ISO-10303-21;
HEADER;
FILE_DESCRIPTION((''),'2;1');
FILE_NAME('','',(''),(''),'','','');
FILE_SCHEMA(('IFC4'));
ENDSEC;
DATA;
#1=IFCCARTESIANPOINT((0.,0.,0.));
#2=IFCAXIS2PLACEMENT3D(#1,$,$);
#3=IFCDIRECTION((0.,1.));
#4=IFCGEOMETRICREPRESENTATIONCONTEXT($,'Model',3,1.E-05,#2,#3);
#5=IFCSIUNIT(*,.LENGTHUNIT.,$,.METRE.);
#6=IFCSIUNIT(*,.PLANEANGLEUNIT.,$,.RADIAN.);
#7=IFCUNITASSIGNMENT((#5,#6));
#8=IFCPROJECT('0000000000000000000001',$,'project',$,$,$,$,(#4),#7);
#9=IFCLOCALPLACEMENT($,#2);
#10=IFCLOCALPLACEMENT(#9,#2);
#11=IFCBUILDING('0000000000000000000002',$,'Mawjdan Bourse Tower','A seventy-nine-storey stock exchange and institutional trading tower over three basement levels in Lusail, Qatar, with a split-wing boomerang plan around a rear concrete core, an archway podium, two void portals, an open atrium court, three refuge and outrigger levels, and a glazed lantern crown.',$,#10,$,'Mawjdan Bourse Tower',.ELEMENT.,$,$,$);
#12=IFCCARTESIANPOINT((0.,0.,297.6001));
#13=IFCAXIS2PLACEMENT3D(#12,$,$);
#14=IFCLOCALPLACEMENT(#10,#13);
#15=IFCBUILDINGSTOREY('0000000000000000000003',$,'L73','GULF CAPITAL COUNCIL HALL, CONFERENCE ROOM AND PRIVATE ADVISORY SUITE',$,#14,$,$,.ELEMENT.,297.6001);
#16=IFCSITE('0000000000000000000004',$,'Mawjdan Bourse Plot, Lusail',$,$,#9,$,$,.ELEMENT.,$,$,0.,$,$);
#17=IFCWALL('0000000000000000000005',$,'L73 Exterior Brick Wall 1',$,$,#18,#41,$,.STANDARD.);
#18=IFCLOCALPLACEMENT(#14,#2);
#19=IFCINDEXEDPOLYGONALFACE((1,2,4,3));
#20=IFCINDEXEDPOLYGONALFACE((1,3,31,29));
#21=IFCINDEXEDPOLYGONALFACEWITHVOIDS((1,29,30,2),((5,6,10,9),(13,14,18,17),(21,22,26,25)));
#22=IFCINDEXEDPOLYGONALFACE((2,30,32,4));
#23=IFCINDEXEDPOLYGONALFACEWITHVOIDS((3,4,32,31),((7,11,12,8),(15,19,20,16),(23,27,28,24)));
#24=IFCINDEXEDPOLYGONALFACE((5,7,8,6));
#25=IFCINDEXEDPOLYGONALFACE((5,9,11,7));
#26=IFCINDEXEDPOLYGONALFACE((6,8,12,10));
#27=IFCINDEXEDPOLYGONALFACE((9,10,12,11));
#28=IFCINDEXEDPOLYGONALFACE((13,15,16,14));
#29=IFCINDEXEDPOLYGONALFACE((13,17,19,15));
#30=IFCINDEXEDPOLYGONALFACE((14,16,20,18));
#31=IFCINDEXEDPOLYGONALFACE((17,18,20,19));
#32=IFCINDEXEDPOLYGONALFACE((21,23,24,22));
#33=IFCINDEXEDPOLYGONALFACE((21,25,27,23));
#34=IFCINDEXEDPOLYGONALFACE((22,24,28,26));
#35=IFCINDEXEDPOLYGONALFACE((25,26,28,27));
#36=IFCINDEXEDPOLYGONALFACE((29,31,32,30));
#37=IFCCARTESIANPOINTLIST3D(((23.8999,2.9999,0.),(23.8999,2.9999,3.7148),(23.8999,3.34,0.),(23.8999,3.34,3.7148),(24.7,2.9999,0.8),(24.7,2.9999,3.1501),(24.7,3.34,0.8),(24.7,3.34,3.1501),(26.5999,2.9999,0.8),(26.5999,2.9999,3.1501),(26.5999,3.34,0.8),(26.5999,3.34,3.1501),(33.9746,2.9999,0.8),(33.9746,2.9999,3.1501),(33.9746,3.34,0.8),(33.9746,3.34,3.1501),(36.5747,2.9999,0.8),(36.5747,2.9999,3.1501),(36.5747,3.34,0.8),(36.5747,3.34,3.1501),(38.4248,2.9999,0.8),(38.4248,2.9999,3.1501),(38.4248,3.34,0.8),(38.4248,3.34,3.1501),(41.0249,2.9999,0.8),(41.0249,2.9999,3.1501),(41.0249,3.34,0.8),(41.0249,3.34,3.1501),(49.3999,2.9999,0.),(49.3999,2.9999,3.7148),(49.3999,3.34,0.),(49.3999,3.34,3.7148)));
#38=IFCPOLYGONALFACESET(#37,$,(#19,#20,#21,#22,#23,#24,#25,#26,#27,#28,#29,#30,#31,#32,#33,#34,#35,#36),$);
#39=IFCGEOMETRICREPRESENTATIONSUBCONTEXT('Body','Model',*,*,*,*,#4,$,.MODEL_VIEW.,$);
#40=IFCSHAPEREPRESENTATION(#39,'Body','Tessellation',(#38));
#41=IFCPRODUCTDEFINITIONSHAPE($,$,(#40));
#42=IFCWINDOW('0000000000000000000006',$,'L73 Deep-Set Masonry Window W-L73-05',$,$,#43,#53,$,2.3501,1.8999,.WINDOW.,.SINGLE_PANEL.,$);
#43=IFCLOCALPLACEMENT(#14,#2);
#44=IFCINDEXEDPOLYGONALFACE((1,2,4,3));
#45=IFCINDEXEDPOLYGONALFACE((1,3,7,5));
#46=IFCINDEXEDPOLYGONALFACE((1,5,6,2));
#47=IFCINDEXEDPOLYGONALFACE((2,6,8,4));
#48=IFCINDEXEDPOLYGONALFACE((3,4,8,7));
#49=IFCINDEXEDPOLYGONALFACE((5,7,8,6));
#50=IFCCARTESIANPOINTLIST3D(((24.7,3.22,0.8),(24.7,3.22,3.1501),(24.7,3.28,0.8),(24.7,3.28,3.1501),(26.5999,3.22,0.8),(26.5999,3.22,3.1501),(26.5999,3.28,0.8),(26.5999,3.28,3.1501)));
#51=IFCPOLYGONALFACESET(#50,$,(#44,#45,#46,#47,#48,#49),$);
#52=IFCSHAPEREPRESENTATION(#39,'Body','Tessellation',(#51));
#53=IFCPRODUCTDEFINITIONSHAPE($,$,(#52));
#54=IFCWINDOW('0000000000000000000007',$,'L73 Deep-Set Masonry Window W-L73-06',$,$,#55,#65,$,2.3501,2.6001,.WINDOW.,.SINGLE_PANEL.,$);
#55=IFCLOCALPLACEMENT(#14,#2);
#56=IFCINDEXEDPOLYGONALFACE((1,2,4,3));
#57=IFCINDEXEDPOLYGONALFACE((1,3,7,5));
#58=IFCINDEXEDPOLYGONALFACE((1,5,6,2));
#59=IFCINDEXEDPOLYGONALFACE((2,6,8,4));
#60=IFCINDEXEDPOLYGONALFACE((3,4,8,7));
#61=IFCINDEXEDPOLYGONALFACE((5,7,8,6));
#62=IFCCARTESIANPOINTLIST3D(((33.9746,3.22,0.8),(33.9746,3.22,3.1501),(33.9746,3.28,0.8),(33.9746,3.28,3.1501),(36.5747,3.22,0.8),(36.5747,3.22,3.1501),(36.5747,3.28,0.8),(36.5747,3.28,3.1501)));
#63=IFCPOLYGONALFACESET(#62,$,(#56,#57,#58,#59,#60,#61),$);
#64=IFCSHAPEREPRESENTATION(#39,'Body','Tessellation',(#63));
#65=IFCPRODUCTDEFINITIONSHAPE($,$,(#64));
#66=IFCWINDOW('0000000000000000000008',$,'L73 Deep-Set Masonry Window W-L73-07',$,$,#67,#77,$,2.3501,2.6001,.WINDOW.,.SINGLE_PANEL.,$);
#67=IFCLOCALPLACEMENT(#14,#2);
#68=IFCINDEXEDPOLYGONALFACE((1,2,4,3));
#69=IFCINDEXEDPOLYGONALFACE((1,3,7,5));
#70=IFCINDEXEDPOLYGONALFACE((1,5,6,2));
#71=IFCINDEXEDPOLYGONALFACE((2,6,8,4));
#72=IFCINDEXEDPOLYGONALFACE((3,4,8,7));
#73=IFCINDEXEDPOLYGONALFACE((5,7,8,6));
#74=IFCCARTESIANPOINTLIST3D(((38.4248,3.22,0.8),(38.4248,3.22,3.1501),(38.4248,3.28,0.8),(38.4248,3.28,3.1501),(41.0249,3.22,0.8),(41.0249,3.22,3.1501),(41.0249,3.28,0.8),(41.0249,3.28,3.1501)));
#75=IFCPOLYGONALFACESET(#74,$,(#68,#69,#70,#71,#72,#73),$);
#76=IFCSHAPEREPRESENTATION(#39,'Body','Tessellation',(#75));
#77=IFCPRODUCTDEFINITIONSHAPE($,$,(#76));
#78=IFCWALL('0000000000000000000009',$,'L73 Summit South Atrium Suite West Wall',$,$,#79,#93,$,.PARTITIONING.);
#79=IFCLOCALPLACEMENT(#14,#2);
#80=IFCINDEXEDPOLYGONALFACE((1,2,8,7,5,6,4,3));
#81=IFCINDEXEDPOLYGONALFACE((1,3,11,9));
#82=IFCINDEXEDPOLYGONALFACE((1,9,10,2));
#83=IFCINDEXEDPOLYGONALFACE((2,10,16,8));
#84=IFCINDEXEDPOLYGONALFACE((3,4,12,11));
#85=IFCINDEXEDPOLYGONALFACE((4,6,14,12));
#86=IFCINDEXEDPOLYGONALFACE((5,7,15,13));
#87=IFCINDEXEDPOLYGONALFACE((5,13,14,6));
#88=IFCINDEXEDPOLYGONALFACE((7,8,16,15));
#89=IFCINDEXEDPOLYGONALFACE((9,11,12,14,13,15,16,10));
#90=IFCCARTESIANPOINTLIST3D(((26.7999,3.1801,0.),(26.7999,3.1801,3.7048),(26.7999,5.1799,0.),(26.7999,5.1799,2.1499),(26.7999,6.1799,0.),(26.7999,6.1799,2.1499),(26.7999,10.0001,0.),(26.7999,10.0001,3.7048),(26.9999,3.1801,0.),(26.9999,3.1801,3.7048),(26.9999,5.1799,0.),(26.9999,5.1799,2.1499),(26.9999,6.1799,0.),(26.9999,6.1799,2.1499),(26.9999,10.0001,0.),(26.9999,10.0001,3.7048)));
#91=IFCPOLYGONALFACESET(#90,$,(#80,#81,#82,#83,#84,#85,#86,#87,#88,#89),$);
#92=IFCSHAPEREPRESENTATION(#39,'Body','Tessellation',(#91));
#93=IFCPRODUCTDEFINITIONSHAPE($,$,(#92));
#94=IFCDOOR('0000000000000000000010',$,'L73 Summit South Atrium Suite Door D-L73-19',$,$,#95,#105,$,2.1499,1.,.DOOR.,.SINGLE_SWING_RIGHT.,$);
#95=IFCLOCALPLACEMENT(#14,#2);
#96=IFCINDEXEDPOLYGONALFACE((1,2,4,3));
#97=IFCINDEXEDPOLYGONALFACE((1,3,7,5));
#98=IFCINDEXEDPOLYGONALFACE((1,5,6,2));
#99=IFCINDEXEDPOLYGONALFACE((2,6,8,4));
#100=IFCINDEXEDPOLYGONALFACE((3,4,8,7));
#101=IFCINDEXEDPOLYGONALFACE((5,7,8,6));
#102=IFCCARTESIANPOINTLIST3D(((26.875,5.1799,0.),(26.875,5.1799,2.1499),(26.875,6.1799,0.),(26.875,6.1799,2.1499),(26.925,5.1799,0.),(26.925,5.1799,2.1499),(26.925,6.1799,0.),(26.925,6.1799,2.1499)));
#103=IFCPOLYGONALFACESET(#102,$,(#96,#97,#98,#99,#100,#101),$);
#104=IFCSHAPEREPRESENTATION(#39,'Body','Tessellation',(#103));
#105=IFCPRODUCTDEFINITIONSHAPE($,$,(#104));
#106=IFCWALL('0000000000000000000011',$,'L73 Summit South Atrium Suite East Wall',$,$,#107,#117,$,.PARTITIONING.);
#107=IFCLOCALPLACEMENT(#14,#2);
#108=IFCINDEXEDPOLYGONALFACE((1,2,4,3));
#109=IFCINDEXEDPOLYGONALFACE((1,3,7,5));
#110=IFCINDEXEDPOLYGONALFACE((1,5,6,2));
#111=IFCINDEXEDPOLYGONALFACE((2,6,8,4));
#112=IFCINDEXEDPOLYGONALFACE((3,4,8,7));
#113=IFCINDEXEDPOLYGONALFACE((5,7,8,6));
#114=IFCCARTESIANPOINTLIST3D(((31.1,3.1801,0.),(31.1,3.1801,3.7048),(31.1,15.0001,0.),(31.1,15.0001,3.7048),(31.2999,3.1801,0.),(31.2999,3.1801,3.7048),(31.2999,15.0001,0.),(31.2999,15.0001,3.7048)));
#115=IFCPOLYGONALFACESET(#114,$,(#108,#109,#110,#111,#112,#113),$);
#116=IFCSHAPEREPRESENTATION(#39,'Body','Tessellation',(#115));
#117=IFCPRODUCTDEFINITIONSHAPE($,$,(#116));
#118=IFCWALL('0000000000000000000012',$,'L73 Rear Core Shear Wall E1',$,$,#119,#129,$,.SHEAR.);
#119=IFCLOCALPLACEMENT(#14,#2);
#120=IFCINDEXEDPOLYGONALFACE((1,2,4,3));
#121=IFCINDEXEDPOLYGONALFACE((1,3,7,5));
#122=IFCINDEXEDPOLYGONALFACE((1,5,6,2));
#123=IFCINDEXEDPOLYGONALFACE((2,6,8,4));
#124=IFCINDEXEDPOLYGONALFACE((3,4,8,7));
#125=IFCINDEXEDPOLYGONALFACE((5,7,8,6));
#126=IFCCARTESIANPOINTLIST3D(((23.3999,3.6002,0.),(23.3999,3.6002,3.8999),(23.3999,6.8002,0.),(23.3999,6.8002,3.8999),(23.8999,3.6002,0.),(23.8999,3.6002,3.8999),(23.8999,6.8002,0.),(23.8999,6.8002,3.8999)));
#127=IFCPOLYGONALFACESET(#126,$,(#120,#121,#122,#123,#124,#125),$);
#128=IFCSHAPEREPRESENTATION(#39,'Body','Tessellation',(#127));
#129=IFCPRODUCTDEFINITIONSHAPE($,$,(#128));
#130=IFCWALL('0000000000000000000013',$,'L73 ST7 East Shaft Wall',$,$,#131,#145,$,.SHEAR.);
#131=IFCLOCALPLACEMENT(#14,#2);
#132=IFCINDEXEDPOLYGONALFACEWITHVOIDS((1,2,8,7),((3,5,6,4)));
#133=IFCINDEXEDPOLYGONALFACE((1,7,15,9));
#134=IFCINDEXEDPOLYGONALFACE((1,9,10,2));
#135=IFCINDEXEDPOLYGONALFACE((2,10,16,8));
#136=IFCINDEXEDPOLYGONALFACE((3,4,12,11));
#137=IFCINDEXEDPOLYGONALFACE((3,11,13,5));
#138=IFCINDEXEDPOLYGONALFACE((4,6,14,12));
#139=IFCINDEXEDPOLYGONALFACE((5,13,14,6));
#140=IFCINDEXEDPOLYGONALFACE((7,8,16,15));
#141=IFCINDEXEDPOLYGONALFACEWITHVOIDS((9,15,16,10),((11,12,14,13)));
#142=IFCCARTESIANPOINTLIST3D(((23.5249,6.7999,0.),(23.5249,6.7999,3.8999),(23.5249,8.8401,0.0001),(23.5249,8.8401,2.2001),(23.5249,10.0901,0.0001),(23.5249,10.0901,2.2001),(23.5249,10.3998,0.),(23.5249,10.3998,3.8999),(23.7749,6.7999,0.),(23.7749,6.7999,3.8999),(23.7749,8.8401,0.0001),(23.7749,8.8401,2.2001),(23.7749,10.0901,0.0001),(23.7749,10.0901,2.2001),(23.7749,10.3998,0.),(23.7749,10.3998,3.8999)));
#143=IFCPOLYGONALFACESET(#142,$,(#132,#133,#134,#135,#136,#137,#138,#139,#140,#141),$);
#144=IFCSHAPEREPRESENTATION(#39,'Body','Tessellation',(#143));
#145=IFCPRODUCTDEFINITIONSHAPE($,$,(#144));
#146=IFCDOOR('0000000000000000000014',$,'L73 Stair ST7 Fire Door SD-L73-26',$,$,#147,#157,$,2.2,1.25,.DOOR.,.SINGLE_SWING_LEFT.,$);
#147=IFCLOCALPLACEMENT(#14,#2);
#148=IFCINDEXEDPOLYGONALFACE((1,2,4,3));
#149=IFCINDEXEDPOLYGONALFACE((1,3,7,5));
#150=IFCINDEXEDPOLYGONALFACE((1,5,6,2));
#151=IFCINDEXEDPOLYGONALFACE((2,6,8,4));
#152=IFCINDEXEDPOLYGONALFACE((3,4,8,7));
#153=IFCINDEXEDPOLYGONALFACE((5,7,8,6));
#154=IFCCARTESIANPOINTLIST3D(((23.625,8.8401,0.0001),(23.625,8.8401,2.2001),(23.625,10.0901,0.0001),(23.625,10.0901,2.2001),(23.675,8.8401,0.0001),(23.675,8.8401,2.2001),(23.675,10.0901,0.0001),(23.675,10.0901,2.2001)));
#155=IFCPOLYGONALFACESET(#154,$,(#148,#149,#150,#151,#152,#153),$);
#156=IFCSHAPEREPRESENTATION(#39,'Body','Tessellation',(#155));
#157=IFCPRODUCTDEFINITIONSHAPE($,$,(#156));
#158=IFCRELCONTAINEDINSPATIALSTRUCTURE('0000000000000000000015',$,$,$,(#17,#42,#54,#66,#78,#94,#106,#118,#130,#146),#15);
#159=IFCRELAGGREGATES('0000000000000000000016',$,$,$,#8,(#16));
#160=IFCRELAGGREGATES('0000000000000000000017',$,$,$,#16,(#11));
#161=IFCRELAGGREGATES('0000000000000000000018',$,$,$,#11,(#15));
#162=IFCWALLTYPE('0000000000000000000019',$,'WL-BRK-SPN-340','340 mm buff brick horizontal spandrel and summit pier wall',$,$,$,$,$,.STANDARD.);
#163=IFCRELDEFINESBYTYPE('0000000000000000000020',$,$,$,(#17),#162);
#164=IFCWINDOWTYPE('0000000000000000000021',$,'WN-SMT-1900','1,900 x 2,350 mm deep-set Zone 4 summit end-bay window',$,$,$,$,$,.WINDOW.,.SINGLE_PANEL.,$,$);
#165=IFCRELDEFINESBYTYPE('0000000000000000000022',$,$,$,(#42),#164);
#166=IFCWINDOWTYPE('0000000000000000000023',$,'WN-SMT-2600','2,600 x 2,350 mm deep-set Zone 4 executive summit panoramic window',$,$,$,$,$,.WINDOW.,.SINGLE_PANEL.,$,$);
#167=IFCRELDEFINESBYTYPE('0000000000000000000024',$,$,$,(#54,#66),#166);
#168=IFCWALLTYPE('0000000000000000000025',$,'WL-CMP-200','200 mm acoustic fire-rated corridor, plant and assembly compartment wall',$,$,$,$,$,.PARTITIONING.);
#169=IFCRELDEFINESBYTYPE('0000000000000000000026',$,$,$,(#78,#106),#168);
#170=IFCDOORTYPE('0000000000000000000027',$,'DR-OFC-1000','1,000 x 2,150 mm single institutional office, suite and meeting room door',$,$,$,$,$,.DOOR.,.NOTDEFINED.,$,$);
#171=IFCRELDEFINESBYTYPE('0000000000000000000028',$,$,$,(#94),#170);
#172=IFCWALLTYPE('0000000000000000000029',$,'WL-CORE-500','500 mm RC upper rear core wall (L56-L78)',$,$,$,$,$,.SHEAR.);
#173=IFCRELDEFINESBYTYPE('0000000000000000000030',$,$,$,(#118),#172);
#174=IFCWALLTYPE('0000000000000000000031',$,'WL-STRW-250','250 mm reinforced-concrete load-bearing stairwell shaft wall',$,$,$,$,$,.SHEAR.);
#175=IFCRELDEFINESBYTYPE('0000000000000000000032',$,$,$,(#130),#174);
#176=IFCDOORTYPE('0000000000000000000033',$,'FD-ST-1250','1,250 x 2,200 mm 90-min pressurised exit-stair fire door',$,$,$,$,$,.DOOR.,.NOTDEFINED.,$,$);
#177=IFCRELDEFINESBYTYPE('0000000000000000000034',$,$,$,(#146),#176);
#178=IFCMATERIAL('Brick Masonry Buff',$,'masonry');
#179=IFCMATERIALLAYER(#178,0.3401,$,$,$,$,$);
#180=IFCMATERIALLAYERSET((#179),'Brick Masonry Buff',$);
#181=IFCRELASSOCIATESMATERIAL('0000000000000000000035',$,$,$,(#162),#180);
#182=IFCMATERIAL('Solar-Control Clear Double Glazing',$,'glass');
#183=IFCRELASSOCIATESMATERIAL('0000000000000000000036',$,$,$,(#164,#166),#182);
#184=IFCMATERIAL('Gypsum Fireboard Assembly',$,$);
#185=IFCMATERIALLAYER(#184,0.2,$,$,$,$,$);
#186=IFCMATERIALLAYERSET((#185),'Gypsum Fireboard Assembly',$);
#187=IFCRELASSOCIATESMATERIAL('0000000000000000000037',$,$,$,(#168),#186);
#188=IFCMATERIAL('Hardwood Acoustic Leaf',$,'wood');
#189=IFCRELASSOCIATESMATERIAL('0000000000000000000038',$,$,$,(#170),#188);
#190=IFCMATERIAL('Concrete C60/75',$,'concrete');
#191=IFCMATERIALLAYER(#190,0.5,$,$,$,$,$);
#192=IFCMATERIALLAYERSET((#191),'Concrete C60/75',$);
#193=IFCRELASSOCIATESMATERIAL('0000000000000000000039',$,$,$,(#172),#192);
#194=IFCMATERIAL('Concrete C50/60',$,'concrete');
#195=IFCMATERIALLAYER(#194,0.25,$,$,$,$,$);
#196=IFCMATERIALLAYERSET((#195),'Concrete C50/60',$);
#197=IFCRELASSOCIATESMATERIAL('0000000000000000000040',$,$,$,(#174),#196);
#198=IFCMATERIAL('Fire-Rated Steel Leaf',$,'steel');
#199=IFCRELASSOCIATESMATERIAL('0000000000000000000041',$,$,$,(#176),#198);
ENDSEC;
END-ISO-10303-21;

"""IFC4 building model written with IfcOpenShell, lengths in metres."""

from ifc_helpers import new_model, si_unit, direction, frame, frame_2d, origin, place, context, subcontext, project, spatial, rectangle, extrude, material, layer, layer_set, type_object, element, fill, save


model = new_model("IFC4")

# Units and contexts
model_context = context("Model", 3, precision=1e-05, world=origin(), true_north=direction((0.0, 1.0)))
body_context = subcontext(model_context, "Body", "Model", "MODEL_VIEW")
ifc_project = project(units=[si_unit("LENGTHUNIT", "METRE"), si_unit("PLANEANGLEUNIT", "RADIAN")], contexts=[model_context])

# Site, building, storey
site_placement = place(None, origin())
site = spatial("IfcSite", under=ifc_project, at=site_placement, Name="Mawjdan Bourse Plot, Lusail", CompositionType="ELEMENT", RefElevation=0.0)
building_placement = place(site_placement, origin())
building = spatial("IfcBuilding", under=site, at=building_placement, Name="Mawjdan Bourse Tower", Description="A seventy-nine-storey stock exchange and institutional trading tower over three basement levels in Lusail, Qatar, with a split-wing boomerang plan around a rear concrete core, an archway podium, two void portals, an open atrium court, three refuge and outrigger levels, and a glazed lantern crown.", LongName="Mawjdan Bourse Tower", CompositionType="ELEMENT")
storey_placement = place(building_placement, frame((0.0, 0.0, 297.6001)))
storey = spatial("IfcBuildingStorey", under=building, at=storey_placement, Name="L73", Description="GULF CAPITAL COUNCIL HALL, CONFERENCE ROOM AND PRIVATE ADVISORY SUITE", CompositionType="ELEMENT", Elevation=297.6001)

# Shared definitions
ifc_material_1 = material(Name="Concrete C60/75", Category="concrete")

# Wall, openings, windows
ifc_material_2 = material(Name="Brick Masonry Buff", Category="masonry")
ifc_layer_1 = layer(ifc_material_2, 0.3401)
ifc_layer_set_1 = layer_set([ifc_layer_1], Name="Brick Masonry Buff")
wall_type_1 = type_object("IfcWallType", Name="WL-BRK-SPN-340", Description="340 mm buff brick horizontal spandrel and summit pier wall", PredefinedType="STANDARD", material=ifc_layer_set_1)
wall_1_placement = place(storey_placement, frame((23.8999, 3.1699, 0.0), z_axis=(0.0, 0.0, 1.0), x_axis=(1.0, 0.0, 0.0)))
wall_1 = element("IfcWall", 1, at=wall_1_placement, inside=storey, type_object=wall_type_1, Name="L73 Exterior Brick Wall 1", PredefinedType="STANDARD", context=body_context, shape_type="SweptSolid", body=[
    extrude(rectangle(XDim=25.5, YDim=0.3401, at=frame_2d((12.75, 0.0))), origin(), (0.0, 0.0, 1.0), 3.7148),
])
opening_1_placement = place(wall_1_placement, frame((0.8, 0.0, 0.8)))
opening_1 = element("IfcOpeningElement", 2, at=opening_1_placement, cuts=wall_1, PredefinedType="OPENING", context=body_context, shape_type="SweptSolid", body=[
    extrude(rectangle(XDim=1.8999, YDim=2.3501, at=frame_2d((0.95, 1.175))), frame((0.0, 0.1802, 0.0), z_axis=(0.0, -1.0, 0.0), x_axis=(1.0, 0.0, 0.0)), (0.0, 0.0, 1.0), 0.3601),
])
opening_2_placement = place(wall_1_placement, frame((10.0747, 0.0, 0.8)))
opening_2 = element("IfcOpeningElement", 3, at=opening_2_placement, cuts=wall_1, PredefinedType="OPENING", context=body_context, shape_type="SweptSolid", body=[
    extrude(rectangle(XDim=2.6001, YDim=2.3501, at=frame_2d((1.3, 1.175))), frame((0.0, 0.1802, 0.0), z_axis=(0.0, -1.0, 0.0), x_axis=(1.0, 0.0, 0.0)), (0.0, 0.0, 1.0), 0.3601),
])
opening_3_placement = place(wall_1_placement, frame((14.5249, 0.0, 0.8)))
opening_3 = element("IfcOpeningElement", 4, at=opening_3_placement, cuts=wall_1, PredefinedType="OPENING", context=body_context, shape_type="SweptSolid", body=[
    extrude(rectangle(XDim=2.6001, YDim=2.3501, at=frame_2d((1.3, 1.175))), frame((0.0, 0.1802, 0.0), z_axis=(0.0, -1.0, 0.0), x_axis=(1.0, 0.0, 0.0)), (0.0, 0.0, 1.0), 0.3601),
])
ifc_material_3 = material(Name="Solar-Control Clear Double Glazing", Category="glass")
window_type_1 = type_object("IfcWindowType", Name="WN-SMT-1900", Description="1,900 x 2,350 mm deep-set Zone 4 summit end-bay window", PartitioningType="SINGLE_PANEL", PredefinedType="WINDOW", material=ifc_material_3)
window_1_placement = place(opening_1_placement, origin())
window_1 = element("IfcWindow", 5, at=window_1_placement, inside=storey, type_object=window_type_1, Name="L73 Deep-Set Masonry Window W-L73-05", OverallHeight=2.3501, OverallWidth=1.8999, PartitioningType="SINGLE_PANEL", PredefinedType="WINDOW", context=body_context, shape_type="SweptSolid", body=[
    extrude(rectangle(XDim=1.8999, YDim=2.3501, at=frame_2d((0.95, 1.175))), frame((0.0, 0.1101, 0.0), z_axis=(0.0, -1.0, 0.0), x_axis=(1.0, 0.0, 0.0)), (0.0, 0.0, 1.0), 0.0601),
])
fill(opening_1, window_1)
window_type_2 = type_object("IfcWindowType", Name="WN-SMT-2600", Description="2,600 x 2,350 mm deep-set Zone 4 executive summit panoramic window", PartitioningType="SINGLE_PANEL", PredefinedType="WINDOW", material=ifc_material_3)
window_2_placement = place(opening_2_placement, origin())
window_2 = element("IfcWindow", 6, at=window_2_placement, inside=storey, type_object=window_type_2, Name="L73 Deep-Set Masonry Window W-L73-06", OverallHeight=2.3501, OverallWidth=2.6001, PartitioningType="SINGLE_PANEL", PredefinedType="WINDOW", context=body_context, shape_type="SweptSolid", body=[
    extrude(rectangle(XDim=2.6001, YDim=2.3501, at=frame_2d((1.3, 1.175))), frame((0.0, 0.1101, 0.0), z_axis=(0.0, -1.0, 0.0), x_axis=(1.0, 0.0, 0.0)), (0.0, 0.0, 1.0), 0.0601),
])
fill(opening_2, window_2)
window_3_placement = place(opening_3_placement, origin())
window_3 = element("IfcWindow", 7, at=window_3_placement, inside=storey, type_object=window_type_2, Name="L73 Deep-Set Masonry Window W-L73-07", OverallHeight=2.3501, OverallWidth=2.6001, PartitioningType="SINGLE_PANEL", PredefinedType="WINDOW", context=body_context, shape_type="SweptSolid", body=[
    extrude(rectangle(XDim=2.6001, YDim=2.3501, at=frame_2d((1.3, 1.175))), frame((0.0, 0.1101, 0.0), z_axis=(0.0, -1.0, 0.0), x_axis=(1.0, 0.0, 0.0)), (0.0, 0.0, 1.0), 0.0601),
])
fill(opening_3, window_3)

# Wall, opening, door
ifc_material_4 = material(Name="Gypsum Fireboard Assembly")
ifc_layer_2 = layer(ifc_material_4, 0.2)
ifc_layer_set_2 = layer_set([ifc_layer_2], Name="Gypsum Fireboard Assembly")
wall_type_2 = type_object("IfcWallType", Name="WL-CMP-200", Description="200 mm acoustic fire-rated corridor, plant and assembly compartment wall", PredefinedType="PARTITIONING", material=ifc_layer_set_2)
ifc_material_5 = material(Name="Hardwood Acoustic Leaf", Category="wood")
door_type_1 = type_object("IfcDoorType", Name="DR-OFC-1000", Description="1,000 x 2,150 mm single institutional office, suite and meeting room door", OperationType="NOTDEFINED", PredefinedType="DOOR", material=ifc_material_5)
wall_2_placement = place(storey_placement, frame((26.8999, 3.1799, 0.0), z_axis=(0.0, 0.0, 1.0), x_axis=(0.0, 1.0, 0.0)))
wall_2 = element("IfcWall", 8, at=wall_2_placement, inside=storey, type_object=wall_type_2, Name="L73 Summit South Atrium Suite West Wall", PredefinedType="PARTITIONING", context=body_context, shape_type="SweptSolid", body=[
    extrude(rectangle(XDim=6.8201, YDim=0.2, at=frame_2d((3.4102, 0.0))), origin(), (0.0, 0.0, 1.0), 3.7048),
])
opening_4_placement = place(wall_2_placement, frame((2.0, 0.0, 0.0)))
opening_4 = element("IfcOpeningElement", 9, at=opening_4_placement, cuts=wall_2, PredefinedType="OPENING", context=body_context, shape_type="SweptSolid", body=[
    extrude(rectangle(XDim=1.0, YDim=2.1499, at=frame_2d((0.5, 1.075))), frame((0.0, 0.1099, 0.0), z_axis=(0.0, -1.0, 0.0), x_axis=(1.0, 0.0, 0.0)), (0.0, 0.0, 1.0), 0.22),
])
door_1_placement = place(opening_4_placement, origin())
door_1 = element("IfcDoor", 10, at=door_1_placement, inside=storey, type_object=door_type_1, Name="L73 Summit South Atrium Suite Door D-L73-19", OperationType="SINGLE_SWING_RIGHT", OverallHeight=2.1499, OverallWidth=1.0, PredefinedType="DOOR", context=body_context, shape_type="SweptSolid", body=[
    extrude(rectangle(XDim=1.0, YDim=2.1499, at=frame_2d((0.5, 1.075))), frame((0.0, 0.0249, 0.0), z_axis=(0.0, -1.0, 0.0), x_axis=(1.0, 0.0, 0.0)), (0.0, 0.0, 1.0), 0.05),
])
fill(opening_4, door_1)

# Walls
wall_3_placement = place(storey_placement, frame((31.2, 3.1799, 0.0), z_axis=(0.0, 0.0, 1.0), x_axis=(0.0, 1.0, 0.0)))
element("IfcWall", 11, at=wall_3_placement, inside=storey, type_object=wall_type_2, Name="L73 Summit South Atrium Suite East Wall", PredefinedType="PARTITIONING", context=body_context, shape_type="SweptSolid", body=[
    extrude(rectangle(XDim=11.8201, YDim=0.2, at=frame_2d((5.9102, 0.0))), origin(), (0.0, 0.0, 1.0), 3.7048),
])
ifc_layer_3 = layer(ifc_material_1, 0.5)
ifc_layer_set_3 = layer_set([ifc_layer_3], Name="Concrete C60/75")
wall_type_3 = type_object("IfcWallType", Name="WL-CORE-500", Description="500 mm RC upper rear core wall (L56-L78)", PredefinedType="SHEAR", material=ifc_layer_set_3)
wall_4_placement = place(storey_placement, frame((23.6499, 3.6001, 0.0), z_axis=(0.0, 0.0, 1.0), x_axis=(0.0, 1.0, 0.0)))
element("IfcWall", 12, at=wall_4_placement, inside=storey, type_object=wall_type_3, Name="L73 Rear Core Shear Wall E1", PredefinedType="SHEAR", context=body_context, shape_type="SweptSolid", body=[
    extrude(rectangle(XDim=3.2, YDim=0.5, at=frame_2d((1.6001, 0.0))), origin(), (0.0, 0.0, 1.0), 3.8999),
])

# Wall, opening, door
ifc_material_6 = material(Name="Concrete C50/60", Category="concrete")
ifc_layer_4 = layer(ifc_material_6, 0.25)
ifc_layer_set_4 = layer_set([ifc_layer_4], Name="Concrete C50/60")
wall_type_4 = type_object("IfcWallType", Name="WL-STRW-250", Description="250 mm reinforced-concrete load-bearing stairwell shaft wall", PredefinedType="SHEAR", material=ifc_layer_set_4)
wall_5_placement = place(storey_placement, frame((23.6499, 6.8, 0.0), z_axis=(0.0, 0.0, 1.0), x_axis=(0.0, 1.0, 0.0)))
wall_5 = element("IfcWall", 13, at=wall_5_placement, inside=storey, type_object=wall_type_4, Name="L73 ST7 East Shaft Wall", PredefinedType="SHEAR", context=body_context, shape_type="SweptSolid", body=[
    extrude(rectangle(XDim=3.5999, YDim=0.25, at=frame_2d((1.7998, 0.0))), origin(), (0.0, 0.0, 1.0), 3.8999),
])
opening_5_placement = place(wall_5_placement, frame((2.04, 0.0, 0.0)))
opening_5 = element("IfcOpeningElement", 14, at=opening_5_placement, cuts=wall_5, PredefinedType="OPENING", context=body_context, shape_type="SweptSolid", body=[
    extrude(rectangle(XDim=1.25, YDim=2.2, at=frame_2d((0.625, 1.1001))), frame((0.0, 0.135, 0.0), z_axis=(0.0, -1.0, 0.0), x_axis=(1.0, 0.0, 0.0)), (0.0, 0.0, 1.0), 0.27),
])
ifc_material_7 = material(Name="Fire-Rated Steel Leaf", Category="steel")
door_type_2 = type_object("IfcDoorType", Name="FD-ST-1250", Description="1,250 x 2,200 mm 90-min pressurised exit-stair fire door", OperationType="NOTDEFINED", PredefinedType="DOOR", material=ifc_material_7)
door_2_placement = place(opening_5_placement, origin())
door_2 = element("IfcDoor", 15, at=door_2_placement, inside=storey, type_object=door_type_2, Name="L73 Stair ST7 Fire Door SD-L73-26", OperationType="SINGLE_SWING_LEFT", OverallHeight=2.2, OverallWidth=1.25, PredefinedType="DOOR", context=body_context, shape_type="SweptSolid", body=[
    extrude(rectangle(XDim=1.25, YDim=2.2, at=frame_2d((0.625, 1.1001))), frame((0.0, 0.0249, 0.0), z_axis=(0.0, -1.0, 0.0), x_axis=(1.0, 0.0, 0.0)), (0.0, 0.0, 1.0), 0.05),
])
fill(opening_5, door_2)

save(model, "model.ifc")
